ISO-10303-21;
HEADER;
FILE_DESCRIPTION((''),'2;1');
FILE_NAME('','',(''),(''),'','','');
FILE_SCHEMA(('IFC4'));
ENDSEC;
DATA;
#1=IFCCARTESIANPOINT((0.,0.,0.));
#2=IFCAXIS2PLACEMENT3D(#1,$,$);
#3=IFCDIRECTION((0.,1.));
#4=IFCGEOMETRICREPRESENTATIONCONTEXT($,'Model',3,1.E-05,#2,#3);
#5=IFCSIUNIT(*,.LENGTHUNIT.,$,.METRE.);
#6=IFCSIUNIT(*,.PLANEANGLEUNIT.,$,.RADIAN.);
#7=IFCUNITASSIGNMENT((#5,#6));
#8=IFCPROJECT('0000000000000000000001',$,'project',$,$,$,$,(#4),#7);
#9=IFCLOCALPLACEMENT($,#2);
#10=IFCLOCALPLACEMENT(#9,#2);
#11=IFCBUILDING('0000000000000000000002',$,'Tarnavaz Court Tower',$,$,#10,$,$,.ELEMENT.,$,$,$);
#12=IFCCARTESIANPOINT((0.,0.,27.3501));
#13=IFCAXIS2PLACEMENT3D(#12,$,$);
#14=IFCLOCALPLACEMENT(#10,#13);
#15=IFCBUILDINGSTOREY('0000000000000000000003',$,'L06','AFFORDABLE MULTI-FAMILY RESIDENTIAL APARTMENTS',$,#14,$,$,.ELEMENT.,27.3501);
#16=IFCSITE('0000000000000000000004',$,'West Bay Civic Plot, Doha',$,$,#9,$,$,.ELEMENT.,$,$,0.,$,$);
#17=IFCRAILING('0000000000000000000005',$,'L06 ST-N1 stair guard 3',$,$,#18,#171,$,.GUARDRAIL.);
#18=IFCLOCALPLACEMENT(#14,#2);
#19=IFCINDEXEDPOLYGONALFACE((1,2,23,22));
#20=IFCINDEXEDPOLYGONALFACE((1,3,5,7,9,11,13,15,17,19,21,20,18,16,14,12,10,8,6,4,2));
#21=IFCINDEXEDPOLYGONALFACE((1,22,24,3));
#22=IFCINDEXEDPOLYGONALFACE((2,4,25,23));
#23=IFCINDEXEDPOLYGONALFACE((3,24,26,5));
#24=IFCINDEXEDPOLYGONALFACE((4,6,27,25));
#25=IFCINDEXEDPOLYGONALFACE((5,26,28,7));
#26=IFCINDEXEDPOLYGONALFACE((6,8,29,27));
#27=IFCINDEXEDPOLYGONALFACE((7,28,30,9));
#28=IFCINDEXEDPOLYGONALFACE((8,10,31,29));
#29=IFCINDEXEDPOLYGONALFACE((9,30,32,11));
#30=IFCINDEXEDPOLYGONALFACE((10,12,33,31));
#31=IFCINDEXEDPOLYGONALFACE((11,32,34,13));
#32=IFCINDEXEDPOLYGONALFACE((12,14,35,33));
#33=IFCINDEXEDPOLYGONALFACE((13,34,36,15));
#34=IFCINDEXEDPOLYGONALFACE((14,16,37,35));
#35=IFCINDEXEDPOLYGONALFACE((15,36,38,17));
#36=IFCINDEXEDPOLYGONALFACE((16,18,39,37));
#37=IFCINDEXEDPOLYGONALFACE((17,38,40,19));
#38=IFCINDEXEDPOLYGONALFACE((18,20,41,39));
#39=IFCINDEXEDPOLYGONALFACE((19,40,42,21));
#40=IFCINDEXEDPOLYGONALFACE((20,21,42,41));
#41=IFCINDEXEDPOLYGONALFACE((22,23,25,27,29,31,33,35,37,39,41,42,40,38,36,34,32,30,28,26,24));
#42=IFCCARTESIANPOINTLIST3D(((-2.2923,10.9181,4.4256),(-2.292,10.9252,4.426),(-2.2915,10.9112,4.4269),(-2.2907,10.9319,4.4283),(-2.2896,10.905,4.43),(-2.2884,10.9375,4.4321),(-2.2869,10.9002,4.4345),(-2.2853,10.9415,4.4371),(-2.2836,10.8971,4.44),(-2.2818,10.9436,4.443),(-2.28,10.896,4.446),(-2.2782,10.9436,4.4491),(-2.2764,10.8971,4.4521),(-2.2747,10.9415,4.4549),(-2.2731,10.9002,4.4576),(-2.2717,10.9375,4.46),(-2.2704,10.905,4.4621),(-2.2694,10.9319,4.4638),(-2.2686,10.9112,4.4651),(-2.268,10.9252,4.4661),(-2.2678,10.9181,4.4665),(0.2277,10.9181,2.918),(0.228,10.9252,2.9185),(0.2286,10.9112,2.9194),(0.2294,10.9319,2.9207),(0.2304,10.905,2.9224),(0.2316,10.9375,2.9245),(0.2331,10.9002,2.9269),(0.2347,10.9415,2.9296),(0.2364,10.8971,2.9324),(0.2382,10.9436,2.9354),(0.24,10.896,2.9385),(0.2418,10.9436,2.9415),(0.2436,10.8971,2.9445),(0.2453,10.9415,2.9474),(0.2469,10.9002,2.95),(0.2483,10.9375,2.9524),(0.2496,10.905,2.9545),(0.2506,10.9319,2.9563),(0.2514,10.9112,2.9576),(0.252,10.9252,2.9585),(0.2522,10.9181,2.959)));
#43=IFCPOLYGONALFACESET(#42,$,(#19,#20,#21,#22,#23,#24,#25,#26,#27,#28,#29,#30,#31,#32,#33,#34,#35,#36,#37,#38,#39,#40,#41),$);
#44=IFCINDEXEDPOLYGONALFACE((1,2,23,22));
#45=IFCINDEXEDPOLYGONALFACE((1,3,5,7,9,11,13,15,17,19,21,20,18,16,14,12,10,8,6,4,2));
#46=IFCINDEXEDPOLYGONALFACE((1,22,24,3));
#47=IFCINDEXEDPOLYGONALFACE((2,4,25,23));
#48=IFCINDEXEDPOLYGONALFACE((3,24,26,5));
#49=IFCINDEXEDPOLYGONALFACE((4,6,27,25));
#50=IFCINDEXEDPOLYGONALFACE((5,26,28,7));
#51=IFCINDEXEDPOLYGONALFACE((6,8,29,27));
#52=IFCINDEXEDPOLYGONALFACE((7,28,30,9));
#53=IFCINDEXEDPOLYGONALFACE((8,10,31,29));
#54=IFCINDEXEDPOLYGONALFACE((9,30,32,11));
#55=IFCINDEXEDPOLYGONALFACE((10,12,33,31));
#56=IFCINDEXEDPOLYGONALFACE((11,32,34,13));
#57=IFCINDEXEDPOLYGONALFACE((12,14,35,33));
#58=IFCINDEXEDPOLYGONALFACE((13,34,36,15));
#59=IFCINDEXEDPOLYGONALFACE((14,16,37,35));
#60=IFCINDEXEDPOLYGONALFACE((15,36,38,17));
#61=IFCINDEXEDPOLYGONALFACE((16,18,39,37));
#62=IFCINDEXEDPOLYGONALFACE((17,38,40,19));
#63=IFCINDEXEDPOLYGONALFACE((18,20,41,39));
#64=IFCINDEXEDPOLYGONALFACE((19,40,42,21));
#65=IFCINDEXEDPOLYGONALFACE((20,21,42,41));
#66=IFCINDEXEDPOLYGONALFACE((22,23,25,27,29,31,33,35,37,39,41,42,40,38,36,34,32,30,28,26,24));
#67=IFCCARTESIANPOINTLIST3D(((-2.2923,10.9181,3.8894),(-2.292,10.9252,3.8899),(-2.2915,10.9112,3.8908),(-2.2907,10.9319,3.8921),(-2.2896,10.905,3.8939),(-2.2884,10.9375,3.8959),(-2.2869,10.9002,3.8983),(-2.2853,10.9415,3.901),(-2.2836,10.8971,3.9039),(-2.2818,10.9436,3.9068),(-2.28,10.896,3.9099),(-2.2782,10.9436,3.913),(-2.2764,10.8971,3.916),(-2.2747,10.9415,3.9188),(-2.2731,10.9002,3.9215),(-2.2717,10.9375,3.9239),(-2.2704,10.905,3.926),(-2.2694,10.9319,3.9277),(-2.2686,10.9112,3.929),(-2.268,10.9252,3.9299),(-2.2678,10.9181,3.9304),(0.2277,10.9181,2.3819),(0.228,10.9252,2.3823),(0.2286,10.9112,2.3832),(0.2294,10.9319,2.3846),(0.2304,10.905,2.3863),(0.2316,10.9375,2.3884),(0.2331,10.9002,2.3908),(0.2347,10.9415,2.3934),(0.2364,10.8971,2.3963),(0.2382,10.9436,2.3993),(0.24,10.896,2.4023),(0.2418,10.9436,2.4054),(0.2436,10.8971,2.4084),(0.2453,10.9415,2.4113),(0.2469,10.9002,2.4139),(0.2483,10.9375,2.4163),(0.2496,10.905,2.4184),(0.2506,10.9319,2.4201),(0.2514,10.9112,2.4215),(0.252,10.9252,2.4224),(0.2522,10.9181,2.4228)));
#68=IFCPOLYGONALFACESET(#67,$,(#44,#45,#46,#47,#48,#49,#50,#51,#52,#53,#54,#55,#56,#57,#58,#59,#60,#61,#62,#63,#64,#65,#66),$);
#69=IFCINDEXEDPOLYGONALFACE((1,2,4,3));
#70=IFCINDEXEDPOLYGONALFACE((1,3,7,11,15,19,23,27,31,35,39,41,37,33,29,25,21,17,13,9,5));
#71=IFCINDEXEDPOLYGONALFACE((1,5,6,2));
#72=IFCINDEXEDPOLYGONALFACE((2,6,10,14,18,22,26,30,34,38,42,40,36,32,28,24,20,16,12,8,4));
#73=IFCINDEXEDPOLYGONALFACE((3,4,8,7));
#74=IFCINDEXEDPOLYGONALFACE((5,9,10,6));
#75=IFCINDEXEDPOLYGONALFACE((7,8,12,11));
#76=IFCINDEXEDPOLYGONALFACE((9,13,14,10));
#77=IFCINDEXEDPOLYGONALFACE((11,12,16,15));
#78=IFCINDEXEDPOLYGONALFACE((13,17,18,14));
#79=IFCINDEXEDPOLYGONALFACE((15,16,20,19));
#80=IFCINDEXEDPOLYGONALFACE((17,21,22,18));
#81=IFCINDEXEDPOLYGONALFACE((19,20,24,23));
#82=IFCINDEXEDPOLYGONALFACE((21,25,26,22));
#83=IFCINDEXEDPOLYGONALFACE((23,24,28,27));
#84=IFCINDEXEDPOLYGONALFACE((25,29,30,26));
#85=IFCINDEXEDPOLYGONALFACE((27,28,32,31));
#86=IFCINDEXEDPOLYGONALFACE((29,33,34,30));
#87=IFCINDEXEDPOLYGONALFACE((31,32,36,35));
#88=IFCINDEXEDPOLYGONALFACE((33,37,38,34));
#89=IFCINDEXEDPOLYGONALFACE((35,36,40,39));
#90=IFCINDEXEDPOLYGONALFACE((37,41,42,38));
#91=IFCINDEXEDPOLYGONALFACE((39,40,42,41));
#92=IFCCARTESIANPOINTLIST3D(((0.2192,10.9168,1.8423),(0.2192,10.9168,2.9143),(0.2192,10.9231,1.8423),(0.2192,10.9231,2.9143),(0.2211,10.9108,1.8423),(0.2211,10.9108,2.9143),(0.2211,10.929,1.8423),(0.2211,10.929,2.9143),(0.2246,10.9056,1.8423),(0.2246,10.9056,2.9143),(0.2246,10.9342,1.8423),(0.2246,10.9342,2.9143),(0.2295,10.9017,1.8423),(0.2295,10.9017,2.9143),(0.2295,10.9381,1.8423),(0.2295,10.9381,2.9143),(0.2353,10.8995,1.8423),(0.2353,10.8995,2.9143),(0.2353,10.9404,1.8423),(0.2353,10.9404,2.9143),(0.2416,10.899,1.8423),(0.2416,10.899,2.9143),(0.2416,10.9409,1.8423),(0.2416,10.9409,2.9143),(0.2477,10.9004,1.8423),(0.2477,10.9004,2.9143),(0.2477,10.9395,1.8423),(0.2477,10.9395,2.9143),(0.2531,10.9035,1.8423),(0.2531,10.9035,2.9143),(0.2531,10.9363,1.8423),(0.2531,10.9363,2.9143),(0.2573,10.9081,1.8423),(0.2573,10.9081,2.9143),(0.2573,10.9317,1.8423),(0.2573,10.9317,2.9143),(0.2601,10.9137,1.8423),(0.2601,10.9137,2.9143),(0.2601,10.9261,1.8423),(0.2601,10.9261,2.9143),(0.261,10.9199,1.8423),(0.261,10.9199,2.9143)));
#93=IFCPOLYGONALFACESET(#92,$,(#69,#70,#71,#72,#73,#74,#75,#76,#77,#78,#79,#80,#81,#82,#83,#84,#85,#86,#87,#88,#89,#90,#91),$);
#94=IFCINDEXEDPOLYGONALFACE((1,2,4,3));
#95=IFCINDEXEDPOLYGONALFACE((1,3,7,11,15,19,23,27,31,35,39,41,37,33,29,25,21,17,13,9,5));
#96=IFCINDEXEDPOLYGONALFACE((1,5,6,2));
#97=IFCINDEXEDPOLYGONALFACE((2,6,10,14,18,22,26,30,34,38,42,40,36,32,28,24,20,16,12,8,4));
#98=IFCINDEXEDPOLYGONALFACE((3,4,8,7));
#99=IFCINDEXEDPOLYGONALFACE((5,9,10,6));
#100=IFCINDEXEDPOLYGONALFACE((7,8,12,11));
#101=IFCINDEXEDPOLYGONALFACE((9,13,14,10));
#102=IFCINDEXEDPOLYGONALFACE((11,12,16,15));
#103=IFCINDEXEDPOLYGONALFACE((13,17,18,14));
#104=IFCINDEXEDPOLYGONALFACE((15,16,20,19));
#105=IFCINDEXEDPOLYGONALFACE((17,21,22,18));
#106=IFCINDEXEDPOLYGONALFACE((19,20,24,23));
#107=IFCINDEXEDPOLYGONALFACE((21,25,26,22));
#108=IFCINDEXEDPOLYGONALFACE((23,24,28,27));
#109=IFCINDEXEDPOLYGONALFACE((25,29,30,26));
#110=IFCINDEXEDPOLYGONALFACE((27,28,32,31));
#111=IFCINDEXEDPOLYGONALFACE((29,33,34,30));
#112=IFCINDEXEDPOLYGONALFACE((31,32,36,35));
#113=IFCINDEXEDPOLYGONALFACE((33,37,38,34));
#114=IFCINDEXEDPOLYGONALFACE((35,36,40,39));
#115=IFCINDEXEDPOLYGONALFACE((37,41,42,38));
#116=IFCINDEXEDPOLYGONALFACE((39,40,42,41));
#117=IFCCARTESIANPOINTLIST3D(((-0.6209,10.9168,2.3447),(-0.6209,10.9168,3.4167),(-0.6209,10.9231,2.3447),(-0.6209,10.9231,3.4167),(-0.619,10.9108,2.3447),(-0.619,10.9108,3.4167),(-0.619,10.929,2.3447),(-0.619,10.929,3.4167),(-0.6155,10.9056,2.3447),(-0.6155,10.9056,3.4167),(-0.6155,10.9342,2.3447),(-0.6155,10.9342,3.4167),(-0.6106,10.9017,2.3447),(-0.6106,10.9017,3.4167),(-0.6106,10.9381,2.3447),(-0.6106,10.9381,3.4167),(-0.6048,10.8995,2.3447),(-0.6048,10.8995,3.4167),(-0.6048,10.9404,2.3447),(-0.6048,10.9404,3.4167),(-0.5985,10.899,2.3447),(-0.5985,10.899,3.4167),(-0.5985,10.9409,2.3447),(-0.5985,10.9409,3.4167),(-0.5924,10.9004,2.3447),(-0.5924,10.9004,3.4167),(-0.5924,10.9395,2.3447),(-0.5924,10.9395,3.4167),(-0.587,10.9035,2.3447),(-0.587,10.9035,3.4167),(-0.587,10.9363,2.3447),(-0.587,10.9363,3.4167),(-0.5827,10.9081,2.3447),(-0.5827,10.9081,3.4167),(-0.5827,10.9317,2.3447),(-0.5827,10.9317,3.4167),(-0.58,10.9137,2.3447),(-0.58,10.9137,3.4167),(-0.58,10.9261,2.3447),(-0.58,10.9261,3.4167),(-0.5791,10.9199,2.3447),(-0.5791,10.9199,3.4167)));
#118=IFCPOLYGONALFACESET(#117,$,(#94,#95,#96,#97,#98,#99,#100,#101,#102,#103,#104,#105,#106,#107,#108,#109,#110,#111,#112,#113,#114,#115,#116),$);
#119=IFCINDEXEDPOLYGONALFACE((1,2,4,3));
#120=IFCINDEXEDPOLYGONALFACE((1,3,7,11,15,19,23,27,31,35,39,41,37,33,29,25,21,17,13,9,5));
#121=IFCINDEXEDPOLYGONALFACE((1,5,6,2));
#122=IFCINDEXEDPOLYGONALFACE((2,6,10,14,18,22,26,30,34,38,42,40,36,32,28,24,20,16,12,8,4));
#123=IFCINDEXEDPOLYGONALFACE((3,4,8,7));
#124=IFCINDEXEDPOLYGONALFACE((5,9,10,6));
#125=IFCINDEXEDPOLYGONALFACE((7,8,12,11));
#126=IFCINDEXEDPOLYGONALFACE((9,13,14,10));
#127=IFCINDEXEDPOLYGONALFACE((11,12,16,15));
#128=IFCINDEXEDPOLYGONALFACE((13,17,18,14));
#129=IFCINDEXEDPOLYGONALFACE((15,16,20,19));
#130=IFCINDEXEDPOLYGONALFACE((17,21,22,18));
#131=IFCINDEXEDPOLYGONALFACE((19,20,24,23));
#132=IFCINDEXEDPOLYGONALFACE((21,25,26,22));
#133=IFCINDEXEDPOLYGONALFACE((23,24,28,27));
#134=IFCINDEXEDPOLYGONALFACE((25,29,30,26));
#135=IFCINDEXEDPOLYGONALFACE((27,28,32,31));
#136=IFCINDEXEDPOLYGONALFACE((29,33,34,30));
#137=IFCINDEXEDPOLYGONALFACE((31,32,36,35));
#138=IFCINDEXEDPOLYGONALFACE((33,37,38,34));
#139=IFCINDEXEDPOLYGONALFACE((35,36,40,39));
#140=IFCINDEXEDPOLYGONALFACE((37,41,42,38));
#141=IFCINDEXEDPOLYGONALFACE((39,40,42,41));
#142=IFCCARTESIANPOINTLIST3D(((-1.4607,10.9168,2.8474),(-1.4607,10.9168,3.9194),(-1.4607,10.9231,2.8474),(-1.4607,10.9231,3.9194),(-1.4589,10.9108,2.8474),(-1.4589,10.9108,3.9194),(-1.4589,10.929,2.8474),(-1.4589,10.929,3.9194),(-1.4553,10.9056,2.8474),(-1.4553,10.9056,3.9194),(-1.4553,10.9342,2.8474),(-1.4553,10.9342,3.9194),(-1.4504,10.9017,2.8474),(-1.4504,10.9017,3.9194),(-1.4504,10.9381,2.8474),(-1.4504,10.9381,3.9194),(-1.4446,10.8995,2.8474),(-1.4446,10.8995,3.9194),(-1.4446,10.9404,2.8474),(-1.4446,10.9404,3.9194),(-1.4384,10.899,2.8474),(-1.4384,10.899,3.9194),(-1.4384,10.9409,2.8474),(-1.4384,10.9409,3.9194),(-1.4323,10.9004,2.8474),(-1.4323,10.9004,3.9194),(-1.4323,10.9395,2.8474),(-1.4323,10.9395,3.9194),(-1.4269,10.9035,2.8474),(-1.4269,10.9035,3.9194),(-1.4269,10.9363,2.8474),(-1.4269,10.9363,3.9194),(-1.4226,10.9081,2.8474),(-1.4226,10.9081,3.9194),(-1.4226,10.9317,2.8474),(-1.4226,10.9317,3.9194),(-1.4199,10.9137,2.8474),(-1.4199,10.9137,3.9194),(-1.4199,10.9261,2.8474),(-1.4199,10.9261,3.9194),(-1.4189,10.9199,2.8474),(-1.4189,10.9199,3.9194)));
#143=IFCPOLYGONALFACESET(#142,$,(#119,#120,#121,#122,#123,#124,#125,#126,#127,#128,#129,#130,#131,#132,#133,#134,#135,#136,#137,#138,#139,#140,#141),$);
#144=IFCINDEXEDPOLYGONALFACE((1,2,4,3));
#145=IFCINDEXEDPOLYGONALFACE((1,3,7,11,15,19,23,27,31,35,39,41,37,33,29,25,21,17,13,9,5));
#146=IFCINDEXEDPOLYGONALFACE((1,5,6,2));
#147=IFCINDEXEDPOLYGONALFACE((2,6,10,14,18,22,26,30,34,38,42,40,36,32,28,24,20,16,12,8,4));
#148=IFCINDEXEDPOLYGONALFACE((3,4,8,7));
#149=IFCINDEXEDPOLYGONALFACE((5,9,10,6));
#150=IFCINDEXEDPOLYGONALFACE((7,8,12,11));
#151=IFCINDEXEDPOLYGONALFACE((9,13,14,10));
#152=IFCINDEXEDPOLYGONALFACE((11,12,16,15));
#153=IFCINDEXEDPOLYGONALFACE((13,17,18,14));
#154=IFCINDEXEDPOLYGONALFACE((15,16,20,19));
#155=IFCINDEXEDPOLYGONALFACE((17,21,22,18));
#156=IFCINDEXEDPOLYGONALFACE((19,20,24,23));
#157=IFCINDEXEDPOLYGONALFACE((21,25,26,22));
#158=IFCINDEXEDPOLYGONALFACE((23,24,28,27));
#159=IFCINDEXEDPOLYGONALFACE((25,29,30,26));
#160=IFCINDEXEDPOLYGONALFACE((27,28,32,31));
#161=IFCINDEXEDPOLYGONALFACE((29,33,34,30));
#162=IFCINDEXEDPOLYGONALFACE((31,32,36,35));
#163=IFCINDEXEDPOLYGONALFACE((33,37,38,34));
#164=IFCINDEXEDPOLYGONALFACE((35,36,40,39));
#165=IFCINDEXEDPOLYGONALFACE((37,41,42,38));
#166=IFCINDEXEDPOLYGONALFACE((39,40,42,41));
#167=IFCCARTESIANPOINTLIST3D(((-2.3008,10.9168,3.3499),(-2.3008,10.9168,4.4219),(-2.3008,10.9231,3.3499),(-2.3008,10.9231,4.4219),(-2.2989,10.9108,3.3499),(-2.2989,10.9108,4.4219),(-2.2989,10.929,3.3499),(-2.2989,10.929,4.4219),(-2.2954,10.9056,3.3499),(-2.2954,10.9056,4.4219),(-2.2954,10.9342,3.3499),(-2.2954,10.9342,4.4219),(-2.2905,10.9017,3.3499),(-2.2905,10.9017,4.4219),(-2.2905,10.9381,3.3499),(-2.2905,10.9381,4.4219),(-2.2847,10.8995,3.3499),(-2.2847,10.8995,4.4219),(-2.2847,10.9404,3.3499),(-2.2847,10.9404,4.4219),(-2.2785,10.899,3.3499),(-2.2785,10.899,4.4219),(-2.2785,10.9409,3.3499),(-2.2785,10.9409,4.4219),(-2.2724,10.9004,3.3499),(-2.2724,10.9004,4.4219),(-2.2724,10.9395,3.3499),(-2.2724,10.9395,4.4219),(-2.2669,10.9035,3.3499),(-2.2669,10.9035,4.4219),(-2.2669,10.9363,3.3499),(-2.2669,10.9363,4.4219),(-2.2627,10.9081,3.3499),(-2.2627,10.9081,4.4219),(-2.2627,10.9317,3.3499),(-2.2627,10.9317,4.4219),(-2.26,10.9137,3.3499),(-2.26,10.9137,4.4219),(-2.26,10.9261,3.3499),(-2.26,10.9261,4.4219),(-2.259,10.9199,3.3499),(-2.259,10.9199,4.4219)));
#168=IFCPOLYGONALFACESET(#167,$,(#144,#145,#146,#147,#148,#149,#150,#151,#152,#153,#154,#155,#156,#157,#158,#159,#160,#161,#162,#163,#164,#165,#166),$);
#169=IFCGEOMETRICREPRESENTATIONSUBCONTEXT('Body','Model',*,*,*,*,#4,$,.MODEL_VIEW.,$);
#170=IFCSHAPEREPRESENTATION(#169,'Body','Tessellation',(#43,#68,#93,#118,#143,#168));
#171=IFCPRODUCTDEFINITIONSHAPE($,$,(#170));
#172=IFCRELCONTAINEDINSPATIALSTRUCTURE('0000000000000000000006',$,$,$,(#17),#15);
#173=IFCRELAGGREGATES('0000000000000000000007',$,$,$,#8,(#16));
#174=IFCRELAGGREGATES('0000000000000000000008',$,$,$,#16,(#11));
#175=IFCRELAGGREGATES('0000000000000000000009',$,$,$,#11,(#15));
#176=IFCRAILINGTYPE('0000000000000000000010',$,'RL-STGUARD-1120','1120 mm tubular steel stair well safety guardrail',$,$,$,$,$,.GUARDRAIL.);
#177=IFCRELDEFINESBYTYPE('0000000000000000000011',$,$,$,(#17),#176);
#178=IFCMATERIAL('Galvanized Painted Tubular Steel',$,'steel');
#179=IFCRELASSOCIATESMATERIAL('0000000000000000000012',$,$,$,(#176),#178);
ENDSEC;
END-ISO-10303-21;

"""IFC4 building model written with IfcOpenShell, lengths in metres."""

from ifc_helpers import new_model, si_unit, direction, frame, origin, origin_2d, place, context, subcontext, project, spatial, circle, extrude, material, type_object, element, save


model = new_model("IFC4")

# Units and contexts
model_context = context("Model", 3, precision=1e-05, world=origin(), true_north=direction((0.0, 1.0)))
body_context = subcontext(model_context, "Body", "Model", "MODEL_VIEW")
ifc_project = project(units=[si_unit("LENGTHUNIT", "METRE"), si_unit("PLANEANGLEUNIT", "RADIAN")], contexts=[model_context])

# Site, building, storey
site_placement = place(None, origin())
site = spatial("IfcSite", under=ifc_project, at=site_placement, Name="West Bay Civic Plot, Doha", CompositionType="ELEMENT", RefElevation=0.0)
building_placement = place(site_placement, origin())
building = spatial("IfcBuilding", under=site, at=building_placement, Name="Tarnavaz Court Tower", CompositionType="ELEMENT")
storey_placement = place(building_placement, frame((0.0, 0.0, 27.3501)))
storey = spatial("IfcBuildingStorey", under=building, at=storey_placement, Name="L06", Description="AFFORDABLE MULTI-FAMILY RESIDENTIAL APARTMENTS", CompositionType="ELEMENT", Elevation=27.3501)

# Railing
ifc_material_1 = material(Name="Galvanized Painted Tubular Steel", Category="steel")
railing_type_1 = type_object("IfcRailingType", Name="RL-STGUARD-1120", Description="1120 mm tubular steel stair well safety guardrail", PredefinedType="GUARDRAIL", material=ifc_material_1)
railing_1_placement = place(storey_placement, frame((0.24, 10.9199, 1.8423)))
element("IfcRailing", 1, at=railing_1_placement, inside=storey, type_object=railing_type_1, Name="L06 ST-N1 stair guard 3", PredefinedType="GUARDRAIL", context=body_context, shape_type="SweptSolid", body=[
    extrude(circle(Radius=0.0239, at=origin_2d()), frame((0.0, 0.0, 1.0962), z_axis=(-0.85816, 0.0, 0.513383), x_axis=(0.0, -1.0, 0.0)), (0.0, 0.0, 1.0), 2.9365),
    extrude(circle(Radius=0.0239, at=origin_2d()), frame((0.0, 0.0, 0.5601), z_axis=(-0.85816, 0.0, 0.513383), x_axis=(0.0, -1.0, 0.0)), (0.0, 0.0, 1.0), 2.9365),
    extrude(circle(Radius=0.021, at=origin_2d()), origin(), (0.0, 0.0, 1.0), 1.072),
    extrude(circle(Radius=0.021, at=origin_2d()), frame((-0.8401, 0.0, 0.5024)), (0.0, 0.0, 1.0), 1.072),
    extrude(circle(Radius=0.021, at=origin_2d()), frame((-1.6799, 0.0, 1.0051)), (0.0, 0.0, 1.0), 1.072),
    extrude(circle(Radius=0.021, at=origin_2d()), frame((-2.52, 0.0, 1.5076)), (0.0, 0.0, 1.0), 1.072),
])

save(model, "model.ifc")
